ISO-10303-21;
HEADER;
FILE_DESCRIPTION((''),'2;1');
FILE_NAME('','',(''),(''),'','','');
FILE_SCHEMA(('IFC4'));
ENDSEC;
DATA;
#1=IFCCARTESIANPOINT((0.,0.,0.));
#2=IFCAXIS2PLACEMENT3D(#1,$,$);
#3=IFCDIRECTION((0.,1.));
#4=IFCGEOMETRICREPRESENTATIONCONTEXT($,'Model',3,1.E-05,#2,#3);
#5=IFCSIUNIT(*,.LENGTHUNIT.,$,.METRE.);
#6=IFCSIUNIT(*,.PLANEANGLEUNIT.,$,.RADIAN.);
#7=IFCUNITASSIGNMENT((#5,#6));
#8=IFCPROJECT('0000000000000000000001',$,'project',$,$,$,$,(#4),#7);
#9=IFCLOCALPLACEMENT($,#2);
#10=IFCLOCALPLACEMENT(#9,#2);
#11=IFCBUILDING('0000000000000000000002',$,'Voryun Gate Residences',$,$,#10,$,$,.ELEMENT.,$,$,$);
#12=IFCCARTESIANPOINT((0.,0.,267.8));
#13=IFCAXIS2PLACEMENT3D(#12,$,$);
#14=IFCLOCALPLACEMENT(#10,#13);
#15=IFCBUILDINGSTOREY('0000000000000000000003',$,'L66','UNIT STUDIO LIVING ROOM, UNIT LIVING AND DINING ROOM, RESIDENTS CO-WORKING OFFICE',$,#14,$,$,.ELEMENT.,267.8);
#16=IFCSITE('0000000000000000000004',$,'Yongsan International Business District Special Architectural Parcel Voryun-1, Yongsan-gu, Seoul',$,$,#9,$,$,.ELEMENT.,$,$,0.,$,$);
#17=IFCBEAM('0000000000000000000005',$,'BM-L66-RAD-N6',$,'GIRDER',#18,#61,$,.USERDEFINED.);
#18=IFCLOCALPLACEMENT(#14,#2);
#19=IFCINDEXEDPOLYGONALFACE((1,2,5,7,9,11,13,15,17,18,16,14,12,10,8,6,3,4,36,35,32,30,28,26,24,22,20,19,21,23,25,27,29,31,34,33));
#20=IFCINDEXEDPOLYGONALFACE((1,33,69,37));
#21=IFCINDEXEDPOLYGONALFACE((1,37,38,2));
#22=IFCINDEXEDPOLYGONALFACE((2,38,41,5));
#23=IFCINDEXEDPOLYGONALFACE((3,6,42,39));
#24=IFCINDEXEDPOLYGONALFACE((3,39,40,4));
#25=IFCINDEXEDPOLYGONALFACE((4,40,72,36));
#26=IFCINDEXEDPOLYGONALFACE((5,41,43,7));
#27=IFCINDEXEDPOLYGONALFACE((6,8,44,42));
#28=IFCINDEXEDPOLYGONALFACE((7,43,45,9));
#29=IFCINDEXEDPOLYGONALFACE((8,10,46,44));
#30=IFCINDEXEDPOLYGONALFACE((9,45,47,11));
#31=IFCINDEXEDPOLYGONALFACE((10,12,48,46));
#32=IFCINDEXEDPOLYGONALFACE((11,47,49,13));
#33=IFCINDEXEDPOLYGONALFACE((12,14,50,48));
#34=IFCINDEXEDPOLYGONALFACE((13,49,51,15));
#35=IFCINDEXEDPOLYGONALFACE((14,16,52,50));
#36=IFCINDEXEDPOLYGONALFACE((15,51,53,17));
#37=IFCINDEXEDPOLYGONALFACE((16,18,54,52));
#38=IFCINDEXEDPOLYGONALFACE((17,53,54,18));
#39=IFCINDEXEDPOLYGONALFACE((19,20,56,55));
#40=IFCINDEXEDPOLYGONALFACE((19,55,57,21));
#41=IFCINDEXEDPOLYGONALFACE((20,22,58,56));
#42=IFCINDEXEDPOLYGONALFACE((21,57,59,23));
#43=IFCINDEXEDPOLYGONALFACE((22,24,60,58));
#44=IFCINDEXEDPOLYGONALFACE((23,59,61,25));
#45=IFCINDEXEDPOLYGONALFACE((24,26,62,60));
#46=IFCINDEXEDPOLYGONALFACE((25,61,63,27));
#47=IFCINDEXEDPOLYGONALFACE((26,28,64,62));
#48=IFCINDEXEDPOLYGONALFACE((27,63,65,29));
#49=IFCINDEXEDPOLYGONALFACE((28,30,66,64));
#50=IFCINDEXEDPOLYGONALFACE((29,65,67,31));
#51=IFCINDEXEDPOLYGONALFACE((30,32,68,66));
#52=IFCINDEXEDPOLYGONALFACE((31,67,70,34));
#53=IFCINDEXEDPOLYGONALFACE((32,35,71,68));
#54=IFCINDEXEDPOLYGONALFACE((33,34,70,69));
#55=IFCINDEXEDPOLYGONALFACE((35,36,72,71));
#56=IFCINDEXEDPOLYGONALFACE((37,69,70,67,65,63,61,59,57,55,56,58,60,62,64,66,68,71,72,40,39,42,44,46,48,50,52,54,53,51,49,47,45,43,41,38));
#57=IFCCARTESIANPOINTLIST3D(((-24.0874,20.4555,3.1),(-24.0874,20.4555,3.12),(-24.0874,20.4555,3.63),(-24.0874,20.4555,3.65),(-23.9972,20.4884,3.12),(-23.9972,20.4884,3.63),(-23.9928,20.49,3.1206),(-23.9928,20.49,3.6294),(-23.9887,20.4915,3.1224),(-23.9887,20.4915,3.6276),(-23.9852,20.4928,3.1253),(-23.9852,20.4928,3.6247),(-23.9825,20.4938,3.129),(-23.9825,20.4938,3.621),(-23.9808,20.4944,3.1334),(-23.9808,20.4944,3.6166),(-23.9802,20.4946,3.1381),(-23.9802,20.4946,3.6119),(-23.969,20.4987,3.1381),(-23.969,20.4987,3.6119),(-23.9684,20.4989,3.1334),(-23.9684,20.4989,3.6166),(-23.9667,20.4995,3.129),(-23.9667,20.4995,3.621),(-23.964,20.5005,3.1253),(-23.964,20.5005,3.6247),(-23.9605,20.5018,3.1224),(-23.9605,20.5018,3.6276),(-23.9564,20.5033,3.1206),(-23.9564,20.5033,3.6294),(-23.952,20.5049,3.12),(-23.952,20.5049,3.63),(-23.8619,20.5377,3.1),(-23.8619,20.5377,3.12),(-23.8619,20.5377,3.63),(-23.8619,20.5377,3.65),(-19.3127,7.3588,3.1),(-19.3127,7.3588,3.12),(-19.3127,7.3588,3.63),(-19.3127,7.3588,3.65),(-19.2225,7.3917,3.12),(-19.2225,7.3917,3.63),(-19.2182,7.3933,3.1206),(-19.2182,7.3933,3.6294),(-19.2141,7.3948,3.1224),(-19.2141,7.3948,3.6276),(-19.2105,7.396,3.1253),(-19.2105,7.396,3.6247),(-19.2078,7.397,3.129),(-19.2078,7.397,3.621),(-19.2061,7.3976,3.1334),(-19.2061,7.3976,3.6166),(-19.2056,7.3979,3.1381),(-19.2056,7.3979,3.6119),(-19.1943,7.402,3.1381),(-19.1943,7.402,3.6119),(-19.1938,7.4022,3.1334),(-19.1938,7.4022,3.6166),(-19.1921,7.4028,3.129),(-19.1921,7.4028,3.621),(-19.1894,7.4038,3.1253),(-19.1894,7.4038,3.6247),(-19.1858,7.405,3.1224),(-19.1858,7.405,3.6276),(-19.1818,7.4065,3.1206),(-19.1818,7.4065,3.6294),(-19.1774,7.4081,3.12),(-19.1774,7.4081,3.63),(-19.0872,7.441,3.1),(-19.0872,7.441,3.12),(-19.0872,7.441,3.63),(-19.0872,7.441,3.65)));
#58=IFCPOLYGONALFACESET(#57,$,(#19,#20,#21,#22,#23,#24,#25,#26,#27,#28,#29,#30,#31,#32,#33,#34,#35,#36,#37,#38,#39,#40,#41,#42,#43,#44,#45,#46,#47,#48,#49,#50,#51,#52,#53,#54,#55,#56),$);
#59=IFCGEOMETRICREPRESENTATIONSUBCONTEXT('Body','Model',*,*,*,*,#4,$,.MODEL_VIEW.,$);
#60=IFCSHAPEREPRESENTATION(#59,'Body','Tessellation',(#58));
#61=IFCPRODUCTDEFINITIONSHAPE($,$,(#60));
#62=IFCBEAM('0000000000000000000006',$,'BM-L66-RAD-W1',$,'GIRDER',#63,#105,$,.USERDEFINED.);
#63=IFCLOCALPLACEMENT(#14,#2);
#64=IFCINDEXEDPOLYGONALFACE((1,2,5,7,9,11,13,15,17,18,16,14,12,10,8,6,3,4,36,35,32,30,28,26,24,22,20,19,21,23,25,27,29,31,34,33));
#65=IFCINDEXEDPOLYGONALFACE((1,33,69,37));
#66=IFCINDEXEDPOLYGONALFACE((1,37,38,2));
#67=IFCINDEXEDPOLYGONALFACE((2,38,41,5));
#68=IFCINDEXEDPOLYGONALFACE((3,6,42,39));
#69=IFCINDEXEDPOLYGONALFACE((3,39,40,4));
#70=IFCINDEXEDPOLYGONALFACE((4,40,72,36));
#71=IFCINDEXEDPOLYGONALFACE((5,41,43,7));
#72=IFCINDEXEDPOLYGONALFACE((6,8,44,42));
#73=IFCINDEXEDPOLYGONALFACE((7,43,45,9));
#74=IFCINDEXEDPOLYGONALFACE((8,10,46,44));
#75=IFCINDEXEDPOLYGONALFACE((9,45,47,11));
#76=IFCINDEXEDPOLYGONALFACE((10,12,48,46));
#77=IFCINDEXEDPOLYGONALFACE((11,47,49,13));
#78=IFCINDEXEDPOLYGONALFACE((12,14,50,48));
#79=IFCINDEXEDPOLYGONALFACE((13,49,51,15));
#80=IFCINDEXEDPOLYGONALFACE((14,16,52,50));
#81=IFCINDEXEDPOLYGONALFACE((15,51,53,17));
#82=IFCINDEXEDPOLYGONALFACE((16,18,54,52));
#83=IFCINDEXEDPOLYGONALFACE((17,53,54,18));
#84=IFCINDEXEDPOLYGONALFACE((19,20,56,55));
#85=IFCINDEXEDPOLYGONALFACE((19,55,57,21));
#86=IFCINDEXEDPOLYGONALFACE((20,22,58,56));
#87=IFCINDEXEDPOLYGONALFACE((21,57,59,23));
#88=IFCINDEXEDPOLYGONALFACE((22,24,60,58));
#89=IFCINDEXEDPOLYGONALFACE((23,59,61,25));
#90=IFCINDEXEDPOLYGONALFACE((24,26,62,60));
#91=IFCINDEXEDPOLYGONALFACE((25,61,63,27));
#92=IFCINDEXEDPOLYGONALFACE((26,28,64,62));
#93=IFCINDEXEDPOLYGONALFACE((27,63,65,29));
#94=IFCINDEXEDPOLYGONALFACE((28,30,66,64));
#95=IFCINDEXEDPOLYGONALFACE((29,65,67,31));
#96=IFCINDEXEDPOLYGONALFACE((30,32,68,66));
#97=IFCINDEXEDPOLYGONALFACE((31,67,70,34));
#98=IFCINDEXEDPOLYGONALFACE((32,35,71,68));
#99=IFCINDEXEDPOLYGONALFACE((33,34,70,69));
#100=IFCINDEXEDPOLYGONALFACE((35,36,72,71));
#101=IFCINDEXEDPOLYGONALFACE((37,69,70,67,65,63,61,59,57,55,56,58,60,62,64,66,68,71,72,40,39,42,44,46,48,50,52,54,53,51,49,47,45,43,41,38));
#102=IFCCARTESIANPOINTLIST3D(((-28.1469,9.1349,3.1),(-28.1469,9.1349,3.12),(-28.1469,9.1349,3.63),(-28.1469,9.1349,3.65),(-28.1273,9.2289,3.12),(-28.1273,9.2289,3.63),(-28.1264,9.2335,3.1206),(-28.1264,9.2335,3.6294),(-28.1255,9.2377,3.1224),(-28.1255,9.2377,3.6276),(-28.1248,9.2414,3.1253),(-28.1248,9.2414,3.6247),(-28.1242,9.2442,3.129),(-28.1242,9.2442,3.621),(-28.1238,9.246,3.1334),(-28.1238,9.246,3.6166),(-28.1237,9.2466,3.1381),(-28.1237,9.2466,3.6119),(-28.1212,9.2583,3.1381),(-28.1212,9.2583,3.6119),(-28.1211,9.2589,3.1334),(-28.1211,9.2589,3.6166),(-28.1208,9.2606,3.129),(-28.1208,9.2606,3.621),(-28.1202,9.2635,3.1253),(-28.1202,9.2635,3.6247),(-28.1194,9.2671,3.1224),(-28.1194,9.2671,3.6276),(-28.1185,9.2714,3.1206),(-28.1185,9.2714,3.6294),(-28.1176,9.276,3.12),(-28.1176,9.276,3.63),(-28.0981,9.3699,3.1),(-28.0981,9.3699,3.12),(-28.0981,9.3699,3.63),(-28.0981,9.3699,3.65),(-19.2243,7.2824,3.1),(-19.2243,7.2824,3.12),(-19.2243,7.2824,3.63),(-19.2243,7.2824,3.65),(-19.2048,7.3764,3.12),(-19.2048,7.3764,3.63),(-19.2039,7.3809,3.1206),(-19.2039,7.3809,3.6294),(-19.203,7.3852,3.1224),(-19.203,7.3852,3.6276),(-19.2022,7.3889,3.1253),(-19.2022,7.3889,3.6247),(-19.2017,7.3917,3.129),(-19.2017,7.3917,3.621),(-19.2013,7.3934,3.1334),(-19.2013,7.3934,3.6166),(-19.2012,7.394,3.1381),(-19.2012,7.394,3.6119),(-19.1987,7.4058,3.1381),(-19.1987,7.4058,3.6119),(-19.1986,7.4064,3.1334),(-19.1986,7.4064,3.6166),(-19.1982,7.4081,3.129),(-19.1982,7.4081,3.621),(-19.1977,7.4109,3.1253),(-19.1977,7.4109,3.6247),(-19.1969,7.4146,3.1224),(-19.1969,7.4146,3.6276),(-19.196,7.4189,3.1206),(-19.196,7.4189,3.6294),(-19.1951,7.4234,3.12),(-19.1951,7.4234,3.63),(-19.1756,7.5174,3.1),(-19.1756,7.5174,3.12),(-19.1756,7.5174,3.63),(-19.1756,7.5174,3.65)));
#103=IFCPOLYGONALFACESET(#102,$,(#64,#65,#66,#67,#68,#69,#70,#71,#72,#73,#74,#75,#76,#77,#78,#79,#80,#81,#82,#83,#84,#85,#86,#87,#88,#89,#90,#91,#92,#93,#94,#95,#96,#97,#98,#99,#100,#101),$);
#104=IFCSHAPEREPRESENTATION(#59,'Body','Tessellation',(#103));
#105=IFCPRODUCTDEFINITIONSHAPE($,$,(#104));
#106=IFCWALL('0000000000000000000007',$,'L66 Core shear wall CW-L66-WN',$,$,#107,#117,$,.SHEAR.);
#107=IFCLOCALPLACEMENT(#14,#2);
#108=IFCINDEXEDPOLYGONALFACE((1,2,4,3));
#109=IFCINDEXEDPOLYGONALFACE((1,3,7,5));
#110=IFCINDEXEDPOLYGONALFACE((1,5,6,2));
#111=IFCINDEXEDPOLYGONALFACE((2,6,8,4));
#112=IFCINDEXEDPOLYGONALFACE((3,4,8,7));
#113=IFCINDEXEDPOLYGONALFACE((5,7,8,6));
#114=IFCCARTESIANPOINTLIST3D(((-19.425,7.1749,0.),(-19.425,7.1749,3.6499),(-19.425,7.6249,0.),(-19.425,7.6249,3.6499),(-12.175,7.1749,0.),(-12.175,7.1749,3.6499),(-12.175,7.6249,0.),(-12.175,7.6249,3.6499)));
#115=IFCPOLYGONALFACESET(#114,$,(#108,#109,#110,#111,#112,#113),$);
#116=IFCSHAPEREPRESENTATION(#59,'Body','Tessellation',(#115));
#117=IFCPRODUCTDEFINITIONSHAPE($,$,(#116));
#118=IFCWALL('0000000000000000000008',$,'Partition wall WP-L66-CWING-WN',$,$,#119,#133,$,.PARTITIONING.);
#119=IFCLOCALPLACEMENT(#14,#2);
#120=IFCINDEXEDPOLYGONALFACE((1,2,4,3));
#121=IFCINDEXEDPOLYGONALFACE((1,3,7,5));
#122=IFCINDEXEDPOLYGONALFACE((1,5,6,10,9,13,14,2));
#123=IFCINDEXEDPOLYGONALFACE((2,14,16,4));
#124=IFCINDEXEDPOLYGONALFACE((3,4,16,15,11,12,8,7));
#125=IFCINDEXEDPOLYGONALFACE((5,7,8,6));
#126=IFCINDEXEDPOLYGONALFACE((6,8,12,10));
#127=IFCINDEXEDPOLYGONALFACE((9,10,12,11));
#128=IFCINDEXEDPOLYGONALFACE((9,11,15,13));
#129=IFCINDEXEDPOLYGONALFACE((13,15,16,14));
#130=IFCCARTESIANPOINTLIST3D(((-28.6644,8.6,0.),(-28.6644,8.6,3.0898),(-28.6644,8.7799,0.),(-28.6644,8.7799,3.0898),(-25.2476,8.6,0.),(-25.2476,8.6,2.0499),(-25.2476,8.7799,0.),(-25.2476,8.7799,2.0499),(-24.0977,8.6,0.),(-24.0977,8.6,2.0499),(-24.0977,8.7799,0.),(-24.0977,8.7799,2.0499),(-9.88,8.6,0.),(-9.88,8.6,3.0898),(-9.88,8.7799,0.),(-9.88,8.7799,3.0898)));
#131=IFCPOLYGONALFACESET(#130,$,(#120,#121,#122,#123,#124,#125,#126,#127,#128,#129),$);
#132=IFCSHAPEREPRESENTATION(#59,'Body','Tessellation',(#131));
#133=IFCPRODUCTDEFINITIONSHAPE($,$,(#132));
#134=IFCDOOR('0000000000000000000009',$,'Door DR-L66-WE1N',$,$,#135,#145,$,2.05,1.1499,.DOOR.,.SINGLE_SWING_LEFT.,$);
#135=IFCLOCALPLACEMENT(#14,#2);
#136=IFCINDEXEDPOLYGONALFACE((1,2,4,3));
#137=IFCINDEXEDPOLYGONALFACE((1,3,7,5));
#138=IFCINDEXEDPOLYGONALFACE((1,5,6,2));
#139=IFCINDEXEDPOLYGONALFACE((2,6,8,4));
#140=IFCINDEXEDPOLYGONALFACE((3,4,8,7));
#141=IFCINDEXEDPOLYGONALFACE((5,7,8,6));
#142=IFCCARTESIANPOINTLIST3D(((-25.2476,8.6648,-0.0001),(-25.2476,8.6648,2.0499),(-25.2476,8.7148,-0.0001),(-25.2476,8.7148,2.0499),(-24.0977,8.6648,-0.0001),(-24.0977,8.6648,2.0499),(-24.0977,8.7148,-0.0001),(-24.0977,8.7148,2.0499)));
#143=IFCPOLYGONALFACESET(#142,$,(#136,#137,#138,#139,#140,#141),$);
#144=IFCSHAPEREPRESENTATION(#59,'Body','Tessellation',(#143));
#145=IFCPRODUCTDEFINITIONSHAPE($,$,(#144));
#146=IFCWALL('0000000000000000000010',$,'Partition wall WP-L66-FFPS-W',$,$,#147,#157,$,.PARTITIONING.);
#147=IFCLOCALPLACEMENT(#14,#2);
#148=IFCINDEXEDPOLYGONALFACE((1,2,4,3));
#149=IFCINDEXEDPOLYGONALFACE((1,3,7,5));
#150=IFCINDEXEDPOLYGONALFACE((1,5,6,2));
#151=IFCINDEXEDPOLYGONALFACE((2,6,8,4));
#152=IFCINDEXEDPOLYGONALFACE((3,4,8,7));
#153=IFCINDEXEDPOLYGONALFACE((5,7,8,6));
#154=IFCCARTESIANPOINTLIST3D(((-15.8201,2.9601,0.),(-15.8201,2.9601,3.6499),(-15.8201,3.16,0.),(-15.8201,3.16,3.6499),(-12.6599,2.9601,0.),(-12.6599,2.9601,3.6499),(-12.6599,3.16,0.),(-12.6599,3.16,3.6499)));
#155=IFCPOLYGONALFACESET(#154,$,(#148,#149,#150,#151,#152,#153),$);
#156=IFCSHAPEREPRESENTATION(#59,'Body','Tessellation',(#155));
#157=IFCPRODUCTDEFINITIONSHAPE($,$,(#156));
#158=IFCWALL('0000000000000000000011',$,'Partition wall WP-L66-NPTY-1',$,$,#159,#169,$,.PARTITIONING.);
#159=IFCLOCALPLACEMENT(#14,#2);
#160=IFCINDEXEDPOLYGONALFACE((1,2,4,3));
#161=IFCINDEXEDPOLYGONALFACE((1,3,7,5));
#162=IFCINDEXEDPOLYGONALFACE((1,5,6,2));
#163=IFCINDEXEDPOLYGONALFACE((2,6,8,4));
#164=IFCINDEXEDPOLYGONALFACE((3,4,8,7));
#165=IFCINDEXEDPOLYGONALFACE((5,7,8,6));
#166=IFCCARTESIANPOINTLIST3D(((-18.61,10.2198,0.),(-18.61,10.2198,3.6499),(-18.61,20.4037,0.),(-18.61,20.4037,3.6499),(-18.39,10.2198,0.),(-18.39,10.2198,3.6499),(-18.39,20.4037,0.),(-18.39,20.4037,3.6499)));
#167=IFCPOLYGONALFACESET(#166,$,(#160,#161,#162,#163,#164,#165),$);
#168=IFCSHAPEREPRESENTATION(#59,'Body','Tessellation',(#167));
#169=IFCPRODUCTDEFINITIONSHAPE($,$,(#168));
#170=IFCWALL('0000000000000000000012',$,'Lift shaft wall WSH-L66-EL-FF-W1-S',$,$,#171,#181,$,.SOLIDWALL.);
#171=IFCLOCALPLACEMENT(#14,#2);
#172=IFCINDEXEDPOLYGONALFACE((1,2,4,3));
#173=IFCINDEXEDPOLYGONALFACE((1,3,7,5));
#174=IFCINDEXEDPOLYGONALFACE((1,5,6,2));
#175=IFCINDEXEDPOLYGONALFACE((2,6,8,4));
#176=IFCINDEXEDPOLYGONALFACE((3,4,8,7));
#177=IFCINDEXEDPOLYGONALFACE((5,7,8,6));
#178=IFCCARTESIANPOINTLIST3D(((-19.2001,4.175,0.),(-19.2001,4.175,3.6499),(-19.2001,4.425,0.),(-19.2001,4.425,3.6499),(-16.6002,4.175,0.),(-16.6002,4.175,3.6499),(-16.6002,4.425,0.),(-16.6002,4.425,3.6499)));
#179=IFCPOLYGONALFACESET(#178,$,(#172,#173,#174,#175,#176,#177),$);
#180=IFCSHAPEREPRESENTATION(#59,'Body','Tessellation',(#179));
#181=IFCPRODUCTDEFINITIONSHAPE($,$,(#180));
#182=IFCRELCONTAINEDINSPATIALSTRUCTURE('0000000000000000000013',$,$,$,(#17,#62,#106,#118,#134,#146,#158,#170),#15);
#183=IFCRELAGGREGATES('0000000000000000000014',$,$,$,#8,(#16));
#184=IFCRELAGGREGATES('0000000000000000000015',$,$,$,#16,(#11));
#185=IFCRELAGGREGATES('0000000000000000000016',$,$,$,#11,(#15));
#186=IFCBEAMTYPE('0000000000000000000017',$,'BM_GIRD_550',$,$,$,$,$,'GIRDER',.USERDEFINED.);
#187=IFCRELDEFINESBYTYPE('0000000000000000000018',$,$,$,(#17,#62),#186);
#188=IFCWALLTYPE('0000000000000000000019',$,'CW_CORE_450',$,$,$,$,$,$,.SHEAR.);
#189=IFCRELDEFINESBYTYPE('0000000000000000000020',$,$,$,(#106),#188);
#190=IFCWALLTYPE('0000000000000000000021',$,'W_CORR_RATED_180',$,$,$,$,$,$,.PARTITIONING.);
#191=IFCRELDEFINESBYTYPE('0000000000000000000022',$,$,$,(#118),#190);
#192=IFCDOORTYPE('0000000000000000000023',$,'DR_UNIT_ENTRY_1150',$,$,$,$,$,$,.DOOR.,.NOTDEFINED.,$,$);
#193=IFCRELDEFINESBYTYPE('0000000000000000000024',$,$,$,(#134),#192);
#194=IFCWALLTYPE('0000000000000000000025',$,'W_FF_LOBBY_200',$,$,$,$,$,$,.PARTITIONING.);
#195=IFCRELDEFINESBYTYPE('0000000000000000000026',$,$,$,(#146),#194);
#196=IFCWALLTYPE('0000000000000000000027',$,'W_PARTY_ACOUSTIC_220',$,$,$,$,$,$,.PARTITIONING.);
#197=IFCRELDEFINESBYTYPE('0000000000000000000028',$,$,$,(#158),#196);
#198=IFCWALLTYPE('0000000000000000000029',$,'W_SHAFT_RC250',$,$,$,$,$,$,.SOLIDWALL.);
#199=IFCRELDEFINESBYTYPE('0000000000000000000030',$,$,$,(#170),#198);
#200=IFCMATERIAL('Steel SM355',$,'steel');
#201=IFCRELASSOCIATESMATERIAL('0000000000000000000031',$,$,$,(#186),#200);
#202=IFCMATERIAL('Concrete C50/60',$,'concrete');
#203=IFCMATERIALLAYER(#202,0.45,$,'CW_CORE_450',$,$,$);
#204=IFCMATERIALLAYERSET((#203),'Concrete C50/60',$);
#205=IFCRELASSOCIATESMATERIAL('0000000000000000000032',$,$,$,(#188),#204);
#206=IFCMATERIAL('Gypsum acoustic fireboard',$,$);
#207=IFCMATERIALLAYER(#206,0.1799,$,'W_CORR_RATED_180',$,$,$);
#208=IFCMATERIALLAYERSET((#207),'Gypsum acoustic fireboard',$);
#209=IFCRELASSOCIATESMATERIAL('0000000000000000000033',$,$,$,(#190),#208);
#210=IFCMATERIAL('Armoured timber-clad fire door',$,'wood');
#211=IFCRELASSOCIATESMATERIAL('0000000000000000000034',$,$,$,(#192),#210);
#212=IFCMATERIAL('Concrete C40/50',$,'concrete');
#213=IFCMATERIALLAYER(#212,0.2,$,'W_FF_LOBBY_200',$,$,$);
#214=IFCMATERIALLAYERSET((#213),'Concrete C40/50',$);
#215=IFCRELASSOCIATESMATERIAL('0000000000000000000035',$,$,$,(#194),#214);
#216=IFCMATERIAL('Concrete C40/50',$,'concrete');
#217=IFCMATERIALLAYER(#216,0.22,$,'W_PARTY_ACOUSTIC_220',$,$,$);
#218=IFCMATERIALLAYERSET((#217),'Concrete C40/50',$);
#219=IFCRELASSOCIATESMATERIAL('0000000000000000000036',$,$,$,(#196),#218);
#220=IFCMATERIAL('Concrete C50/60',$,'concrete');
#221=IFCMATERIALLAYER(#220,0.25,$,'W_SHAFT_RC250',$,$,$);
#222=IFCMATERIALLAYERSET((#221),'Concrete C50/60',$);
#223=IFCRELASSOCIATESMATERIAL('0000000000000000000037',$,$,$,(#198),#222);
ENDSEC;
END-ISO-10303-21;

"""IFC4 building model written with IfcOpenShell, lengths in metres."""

from ifc_helpers import new_model, si_unit, direction, frame, frame_2d, origin, origin_2d, place, context, subcontext, project, spatial, rectangle, i_section, extrude, material, layer, layer_set, material_profile, profile_set, type_object, element, fill, save


model = new_model("IFC4")

# Units and contexts
model_context = context("Model", 3, precision=1e-05, world=origin(), true_north=direction((0.0, 1.0)))
body_context = subcontext(model_context, "Body", "Model", "MODEL_VIEW")
ifc_project = project(units=[si_unit("LENGTHUNIT", "METRE"), si_unit("PLANEANGLEUNIT", "RADIAN")], contexts=[model_context])

# Site, building, storey
site_placement = place(None, origin())
site = spatial("IfcSite", under=ifc_project, at=site_placement, Name="Yongsan International Business District Special Architectural Parcel Voryun-1, Yongsan-gu, Seoul", CompositionType="ELEMENT", RefElevation=0.0)
building_placement = place(site_placement, origin())
building = spatial("IfcBuilding", under=site, at=building_placement, Name="Voryun Gate Residences", CompositionType="ELEMENT")
storey_placement = place(building_placement, frame((0.0, 0.0, 267.8)))
storey = spatial("IfcBuildingStorey", under=building, at=storey_placement, Name="L66", Description="UNIT STUDIO LIVING ROOM, UNIT LIVING AND DINING ROOM, RESIDENTS CO-WORKING OFFICE", CompositionType="ELEMENT", Elevation=267.8)

# Beams
ifc_material_1 = material(Name="Steel SM355", Category="steel")
ifc_material_profile_1 = material_profile(ifc_material_1, i_section(OverallWidth=0.24, OverallDepth=0.55, WebThickness=0.012, FlangeThickness=0.02, FilletRadius=0.0181, at=origin_2d()), Name="H-550x240x12x20")
ifc_profile_set_1 = profile_set([ifc_material_profile_1], Name="Steel SM355")
beam_type_1 = type_object("IfcBeamType", Name="BM_GIRD_550", ElementType="GIRDER", PredefinedType="USERDEFINED", material=ifc_profile_set_1)
beam_1_placement = place(storey_placement, frame((-19.2, 7.3999, 3.375), z_axis=(-0.342518, 0.939511, 0.0), x_axis=(-0.939511, -0.342518, 0.0)))
element("IfcBeam", 1, at=beam_1_placement, inside=storey, type_object=beam_type_1, Name="BM-L66-RAD-N6", ObjectType="GIRDER", PredefinedType="USERDEFINED", context=body_context, shape_type="SweptSolid", body=[
    extrude(i_section(OverallWidth=0.24, OverallDepth=0.55, WebThickness=0.012, FlangeThickness=0.02, FilletRadius=0.0181, at=origin_2d()), origin(), (0.0, 0.0, 1.0), 13.9399),
])
beam_2_placement = place(storey_placement, frame((-19.2, 7.3999, 3.375), z_axis=(-0.979119, 0.203288, 0.0), x_axis=(-0.203288, -0.979119, 0.0)))
element("IfcBeam", 2, at=beam_2_placement, inside=storey, type_object=beam_type_1, Name="BM-L66-RAD-W1", ObjectType="GIRDER", PredefinedType="USERDEFINED", context=body_context, shape_type="SweptSolid", body=[
    extrude(i_section(OverallWidth=0.24, OverallDepth=0.55, WebThickness=0.012, FlangeThickness=0.02, FilletRadius=0.0181, at=origin_2d()), origin(), (0.0, 0.0, 1.0), 9.1128),
])

# Wall
ifc_material_2 = material(Name="Concrete C50/60", Category="concrete")
ifc_layer_1 = layer(ifc_material_2, 0.45, Name="CW_CORE_450")
ifc_layer_set_1 = layer_set([ifc_layer_1], Name="Concrete C50/60")
wall_type_1 = type_object("IfcWallType", Name="CW_CORE_450", PredefinedType="SHEAR", material=ifc_layer_set_1)
wall_1_placement = place(storey_placement, frame((-19.425, 7.3999, 0.0), z_axis=(0.0, 0.0, 1.0), x_axis=(1.0, 0.0, 0.0)))
element("IfcWall", 3, at=wall_1_placement, inside=storey, type_object=wall_type_1, Name="L66 Core shear wall CW-L66-WN", PredefinedType="SHEAR", context=body_context, shape_type="SweptSolid", body=[
    extrude(rectangle(XDim=7.25, YDim=0.45, at=frame_2d((3.625, 0.0))), origin(), (0.0, 0.0, 1.0), 3.6499),
])

# Wall, opening, door
ifc_material_3 = material(Name="Gypsum acoustic fireboard")
ifc_layer_2 = layer(ifc_material_3, 0.1799, Name="W_CORR_RATED_180")
ifc_layer_set_2 = layer_set([ifc_layer_2], Name="Gypsum acoustic fireboard")
wall_type_2 = type_object("IfcWallType", Name="W_CORR_RATED_180", PredefinedType="PARTITIONING", material=ifc_layer_set_2)
wall_2_placement = place(storey_placement, frame((-28.6643, 8.6899, 0.0), z_axis=(0.0, 0.0, 1.0), x_axis=(1.0, 0.0, 0.0)))
wall_2 = element("IfcWall", 4, at=wall_2_placement, inside=storey, type_object=wall_type_2, Name="Partition wall WP-L66-CWING-WN", PredefinedType="PARTITIONING", context=body_context, shape_type="SweptSolid", body=[
    extrude(rectangle(XDim=18.7844, YDim=0.1799, at=frame_2d((9.3921, 0.0))), origin(), (0.0, 0.0, 1.0), 3.0898),
])
opening_1_placement = place(wall_2_placement, frame((3.4167, 0.0, 0.0)))
opening_1 = element("IfcOpeningElement", 5, at=opening_1_placement, cuts=wall_2, PredefinedType="OPENING", context=body_context, shape_type="SweptSolid", body=[
    extrude(rectangle(XDim=1.1499, YDim=2.05, at=frame_2d((0.575, 1.0249))), frame((0.0, 0.0999, 0.0), z_axis=(0.0, -1.0, 0.0), x_axis=(1.0, 0.0, 0.0)), (0.0, 0.0, 1.0), 0.2),
])
ifc_material_4 = material(Name="Armoured timber-clad fire door", Category="wood")
door_type_1 = type_object("IfcDoorType", Name="DR_UNIT_ENTRY_1150", OperationType="NOTDEFINED", PredefinedType="DOOR", material=ifc_material_4)
door_1_placement = place(opening_1_placement, origin())
door_1 = element("IfcDoor", 6, at=door_1_placement, inside=storey, type_object=door_type_1, Name="Door DR-L66-WE1N", OperationType="SINGLE_SWING_LEFT", OverallHeight=2.05, OverallWidth=1.1499, PredefinedType="DOOR", context=body_context, shape_type="SweptSolid", body=[
    extrude(rectangle(XDim=1.1499, YDim=2.05, at=frame_2d((0.575, 1.0249))), frame((0.0, 0.0249, 0.0), z_axis=(0.0, -1.0, 0.0), x_axis=(1.0, 0.0, 0.0)), (0.0, 0.0, 1.0), 0.05),
])
fill(opening_1, door_1)

# Walls
ifc_material_5 = material(Name="Concrete C40/50", Category="concrete")
ifc_layer_3 = layer(ifc_material_5, 0.2, Name="W_FF_LOBBY_200")
ifc_layer_set_3 = layer_set([ifc_layer_3], Name="Concrete C40/50")
wall_type_3 = type_object("IfcWallType", Name="W_FF_LOBBY_200", PredefinedType="PARTITIONING", material=ifc_layer_set_3)
wall_3_placement = place(storey_placement, frame((-15.8201, 3.0601, 0.0), z_axis=(0.0, 0.0, 1.0), x_axis=(1.0, 0.0, 0.0)))
element("IfcWall", 7, at=wall_3_placement, inside=storey, type_object=wall_type_3, Name="Partition wall WP-L66-FFPS-W", PredefinedType="PARTITIONING", context=body_context, shape_type="SweptSolid", body=[
    extrude(rectangle(XDim=3.1602, YDim=0.2, at=frame_2d((1.5801, 0.0))), origin(), (0.0, 0.0, 1.0), 3.6499),
])
ifc_material_6 = material(Name="Concrete C40/50", Category="concrete")
ifc_layer_4 = layer(ifc_material_6, 0.22, Name="W_PARTY_ACOUSTIC_220")
ifc_layer_set_4 = layer_set([ifc_layer_4], Name="Concrete C40/50")
wall_type_4 = type_object("IfcWallType", Name="W_PARTY_ACOUSTIC_220", PredefinedType="PARTITIONING", material=ifc_layer_set_4)
wall_4_placement = place(storey_placement, frame((-18.5, 10.22, 0.0), z_axis=(0.0, 0.0, 1.0), x_axis=(0.0, 1.0, 0.0)))
element("IfcWall", 8, at=wall_4_placement, inside=storey, type_object=wall_type_4, Name="Partition wall WP-L66-NPTY-1", PredefinedType="PARTITIONING", context=body_context, shape_type="SweptSolid", body=[
    extrude(rectangle(XDim=10.1838, YDim=0.22, at=frame_2d((5.0918, 0.0))), origin(), (0.0, 0.0, 1.0), 3.6499),
])
ifc_material_7 = material(Name="Concrete C50/60", Category="concrete")
ifc_layer_5 = layer(ifc_material_7, 0.25, Name="W_SHAFT_RC250")
ifc_layer_set_5 = layer_set([ifc_layer_5], Name="Concrete C50/60")
wall_type_5 = type_object("IfcWallType", Name="W_SHAFT_RC250", PredefinedType="SOLIDWALL", material=ifc_layer_set_5)
wall_5_placement = place(storey_placement, frame((-19.2, 4.3, 0.0), z_axis=(0.0, 0.0, 1.0), x_axis=(1.0, 0.0, 0.0)))
element("IfcWall", 9, at=wall_5_placement, inside=storey, type_object=wall_type_5, Name="Lift shaft wall WSH-L66-EL-FF-W1-S", PredefinedType="SOLIDWALL", context=body_context, shape_type="SweptSolid", body=[
    extrude(rectangle(XDim=2.5999, YDim=0.25, at=frame_2d((1.2998, 0.0))), origin(), (0.0, 0.0, 1.0), 3.6499),
])

save(model, "model.ifc")
